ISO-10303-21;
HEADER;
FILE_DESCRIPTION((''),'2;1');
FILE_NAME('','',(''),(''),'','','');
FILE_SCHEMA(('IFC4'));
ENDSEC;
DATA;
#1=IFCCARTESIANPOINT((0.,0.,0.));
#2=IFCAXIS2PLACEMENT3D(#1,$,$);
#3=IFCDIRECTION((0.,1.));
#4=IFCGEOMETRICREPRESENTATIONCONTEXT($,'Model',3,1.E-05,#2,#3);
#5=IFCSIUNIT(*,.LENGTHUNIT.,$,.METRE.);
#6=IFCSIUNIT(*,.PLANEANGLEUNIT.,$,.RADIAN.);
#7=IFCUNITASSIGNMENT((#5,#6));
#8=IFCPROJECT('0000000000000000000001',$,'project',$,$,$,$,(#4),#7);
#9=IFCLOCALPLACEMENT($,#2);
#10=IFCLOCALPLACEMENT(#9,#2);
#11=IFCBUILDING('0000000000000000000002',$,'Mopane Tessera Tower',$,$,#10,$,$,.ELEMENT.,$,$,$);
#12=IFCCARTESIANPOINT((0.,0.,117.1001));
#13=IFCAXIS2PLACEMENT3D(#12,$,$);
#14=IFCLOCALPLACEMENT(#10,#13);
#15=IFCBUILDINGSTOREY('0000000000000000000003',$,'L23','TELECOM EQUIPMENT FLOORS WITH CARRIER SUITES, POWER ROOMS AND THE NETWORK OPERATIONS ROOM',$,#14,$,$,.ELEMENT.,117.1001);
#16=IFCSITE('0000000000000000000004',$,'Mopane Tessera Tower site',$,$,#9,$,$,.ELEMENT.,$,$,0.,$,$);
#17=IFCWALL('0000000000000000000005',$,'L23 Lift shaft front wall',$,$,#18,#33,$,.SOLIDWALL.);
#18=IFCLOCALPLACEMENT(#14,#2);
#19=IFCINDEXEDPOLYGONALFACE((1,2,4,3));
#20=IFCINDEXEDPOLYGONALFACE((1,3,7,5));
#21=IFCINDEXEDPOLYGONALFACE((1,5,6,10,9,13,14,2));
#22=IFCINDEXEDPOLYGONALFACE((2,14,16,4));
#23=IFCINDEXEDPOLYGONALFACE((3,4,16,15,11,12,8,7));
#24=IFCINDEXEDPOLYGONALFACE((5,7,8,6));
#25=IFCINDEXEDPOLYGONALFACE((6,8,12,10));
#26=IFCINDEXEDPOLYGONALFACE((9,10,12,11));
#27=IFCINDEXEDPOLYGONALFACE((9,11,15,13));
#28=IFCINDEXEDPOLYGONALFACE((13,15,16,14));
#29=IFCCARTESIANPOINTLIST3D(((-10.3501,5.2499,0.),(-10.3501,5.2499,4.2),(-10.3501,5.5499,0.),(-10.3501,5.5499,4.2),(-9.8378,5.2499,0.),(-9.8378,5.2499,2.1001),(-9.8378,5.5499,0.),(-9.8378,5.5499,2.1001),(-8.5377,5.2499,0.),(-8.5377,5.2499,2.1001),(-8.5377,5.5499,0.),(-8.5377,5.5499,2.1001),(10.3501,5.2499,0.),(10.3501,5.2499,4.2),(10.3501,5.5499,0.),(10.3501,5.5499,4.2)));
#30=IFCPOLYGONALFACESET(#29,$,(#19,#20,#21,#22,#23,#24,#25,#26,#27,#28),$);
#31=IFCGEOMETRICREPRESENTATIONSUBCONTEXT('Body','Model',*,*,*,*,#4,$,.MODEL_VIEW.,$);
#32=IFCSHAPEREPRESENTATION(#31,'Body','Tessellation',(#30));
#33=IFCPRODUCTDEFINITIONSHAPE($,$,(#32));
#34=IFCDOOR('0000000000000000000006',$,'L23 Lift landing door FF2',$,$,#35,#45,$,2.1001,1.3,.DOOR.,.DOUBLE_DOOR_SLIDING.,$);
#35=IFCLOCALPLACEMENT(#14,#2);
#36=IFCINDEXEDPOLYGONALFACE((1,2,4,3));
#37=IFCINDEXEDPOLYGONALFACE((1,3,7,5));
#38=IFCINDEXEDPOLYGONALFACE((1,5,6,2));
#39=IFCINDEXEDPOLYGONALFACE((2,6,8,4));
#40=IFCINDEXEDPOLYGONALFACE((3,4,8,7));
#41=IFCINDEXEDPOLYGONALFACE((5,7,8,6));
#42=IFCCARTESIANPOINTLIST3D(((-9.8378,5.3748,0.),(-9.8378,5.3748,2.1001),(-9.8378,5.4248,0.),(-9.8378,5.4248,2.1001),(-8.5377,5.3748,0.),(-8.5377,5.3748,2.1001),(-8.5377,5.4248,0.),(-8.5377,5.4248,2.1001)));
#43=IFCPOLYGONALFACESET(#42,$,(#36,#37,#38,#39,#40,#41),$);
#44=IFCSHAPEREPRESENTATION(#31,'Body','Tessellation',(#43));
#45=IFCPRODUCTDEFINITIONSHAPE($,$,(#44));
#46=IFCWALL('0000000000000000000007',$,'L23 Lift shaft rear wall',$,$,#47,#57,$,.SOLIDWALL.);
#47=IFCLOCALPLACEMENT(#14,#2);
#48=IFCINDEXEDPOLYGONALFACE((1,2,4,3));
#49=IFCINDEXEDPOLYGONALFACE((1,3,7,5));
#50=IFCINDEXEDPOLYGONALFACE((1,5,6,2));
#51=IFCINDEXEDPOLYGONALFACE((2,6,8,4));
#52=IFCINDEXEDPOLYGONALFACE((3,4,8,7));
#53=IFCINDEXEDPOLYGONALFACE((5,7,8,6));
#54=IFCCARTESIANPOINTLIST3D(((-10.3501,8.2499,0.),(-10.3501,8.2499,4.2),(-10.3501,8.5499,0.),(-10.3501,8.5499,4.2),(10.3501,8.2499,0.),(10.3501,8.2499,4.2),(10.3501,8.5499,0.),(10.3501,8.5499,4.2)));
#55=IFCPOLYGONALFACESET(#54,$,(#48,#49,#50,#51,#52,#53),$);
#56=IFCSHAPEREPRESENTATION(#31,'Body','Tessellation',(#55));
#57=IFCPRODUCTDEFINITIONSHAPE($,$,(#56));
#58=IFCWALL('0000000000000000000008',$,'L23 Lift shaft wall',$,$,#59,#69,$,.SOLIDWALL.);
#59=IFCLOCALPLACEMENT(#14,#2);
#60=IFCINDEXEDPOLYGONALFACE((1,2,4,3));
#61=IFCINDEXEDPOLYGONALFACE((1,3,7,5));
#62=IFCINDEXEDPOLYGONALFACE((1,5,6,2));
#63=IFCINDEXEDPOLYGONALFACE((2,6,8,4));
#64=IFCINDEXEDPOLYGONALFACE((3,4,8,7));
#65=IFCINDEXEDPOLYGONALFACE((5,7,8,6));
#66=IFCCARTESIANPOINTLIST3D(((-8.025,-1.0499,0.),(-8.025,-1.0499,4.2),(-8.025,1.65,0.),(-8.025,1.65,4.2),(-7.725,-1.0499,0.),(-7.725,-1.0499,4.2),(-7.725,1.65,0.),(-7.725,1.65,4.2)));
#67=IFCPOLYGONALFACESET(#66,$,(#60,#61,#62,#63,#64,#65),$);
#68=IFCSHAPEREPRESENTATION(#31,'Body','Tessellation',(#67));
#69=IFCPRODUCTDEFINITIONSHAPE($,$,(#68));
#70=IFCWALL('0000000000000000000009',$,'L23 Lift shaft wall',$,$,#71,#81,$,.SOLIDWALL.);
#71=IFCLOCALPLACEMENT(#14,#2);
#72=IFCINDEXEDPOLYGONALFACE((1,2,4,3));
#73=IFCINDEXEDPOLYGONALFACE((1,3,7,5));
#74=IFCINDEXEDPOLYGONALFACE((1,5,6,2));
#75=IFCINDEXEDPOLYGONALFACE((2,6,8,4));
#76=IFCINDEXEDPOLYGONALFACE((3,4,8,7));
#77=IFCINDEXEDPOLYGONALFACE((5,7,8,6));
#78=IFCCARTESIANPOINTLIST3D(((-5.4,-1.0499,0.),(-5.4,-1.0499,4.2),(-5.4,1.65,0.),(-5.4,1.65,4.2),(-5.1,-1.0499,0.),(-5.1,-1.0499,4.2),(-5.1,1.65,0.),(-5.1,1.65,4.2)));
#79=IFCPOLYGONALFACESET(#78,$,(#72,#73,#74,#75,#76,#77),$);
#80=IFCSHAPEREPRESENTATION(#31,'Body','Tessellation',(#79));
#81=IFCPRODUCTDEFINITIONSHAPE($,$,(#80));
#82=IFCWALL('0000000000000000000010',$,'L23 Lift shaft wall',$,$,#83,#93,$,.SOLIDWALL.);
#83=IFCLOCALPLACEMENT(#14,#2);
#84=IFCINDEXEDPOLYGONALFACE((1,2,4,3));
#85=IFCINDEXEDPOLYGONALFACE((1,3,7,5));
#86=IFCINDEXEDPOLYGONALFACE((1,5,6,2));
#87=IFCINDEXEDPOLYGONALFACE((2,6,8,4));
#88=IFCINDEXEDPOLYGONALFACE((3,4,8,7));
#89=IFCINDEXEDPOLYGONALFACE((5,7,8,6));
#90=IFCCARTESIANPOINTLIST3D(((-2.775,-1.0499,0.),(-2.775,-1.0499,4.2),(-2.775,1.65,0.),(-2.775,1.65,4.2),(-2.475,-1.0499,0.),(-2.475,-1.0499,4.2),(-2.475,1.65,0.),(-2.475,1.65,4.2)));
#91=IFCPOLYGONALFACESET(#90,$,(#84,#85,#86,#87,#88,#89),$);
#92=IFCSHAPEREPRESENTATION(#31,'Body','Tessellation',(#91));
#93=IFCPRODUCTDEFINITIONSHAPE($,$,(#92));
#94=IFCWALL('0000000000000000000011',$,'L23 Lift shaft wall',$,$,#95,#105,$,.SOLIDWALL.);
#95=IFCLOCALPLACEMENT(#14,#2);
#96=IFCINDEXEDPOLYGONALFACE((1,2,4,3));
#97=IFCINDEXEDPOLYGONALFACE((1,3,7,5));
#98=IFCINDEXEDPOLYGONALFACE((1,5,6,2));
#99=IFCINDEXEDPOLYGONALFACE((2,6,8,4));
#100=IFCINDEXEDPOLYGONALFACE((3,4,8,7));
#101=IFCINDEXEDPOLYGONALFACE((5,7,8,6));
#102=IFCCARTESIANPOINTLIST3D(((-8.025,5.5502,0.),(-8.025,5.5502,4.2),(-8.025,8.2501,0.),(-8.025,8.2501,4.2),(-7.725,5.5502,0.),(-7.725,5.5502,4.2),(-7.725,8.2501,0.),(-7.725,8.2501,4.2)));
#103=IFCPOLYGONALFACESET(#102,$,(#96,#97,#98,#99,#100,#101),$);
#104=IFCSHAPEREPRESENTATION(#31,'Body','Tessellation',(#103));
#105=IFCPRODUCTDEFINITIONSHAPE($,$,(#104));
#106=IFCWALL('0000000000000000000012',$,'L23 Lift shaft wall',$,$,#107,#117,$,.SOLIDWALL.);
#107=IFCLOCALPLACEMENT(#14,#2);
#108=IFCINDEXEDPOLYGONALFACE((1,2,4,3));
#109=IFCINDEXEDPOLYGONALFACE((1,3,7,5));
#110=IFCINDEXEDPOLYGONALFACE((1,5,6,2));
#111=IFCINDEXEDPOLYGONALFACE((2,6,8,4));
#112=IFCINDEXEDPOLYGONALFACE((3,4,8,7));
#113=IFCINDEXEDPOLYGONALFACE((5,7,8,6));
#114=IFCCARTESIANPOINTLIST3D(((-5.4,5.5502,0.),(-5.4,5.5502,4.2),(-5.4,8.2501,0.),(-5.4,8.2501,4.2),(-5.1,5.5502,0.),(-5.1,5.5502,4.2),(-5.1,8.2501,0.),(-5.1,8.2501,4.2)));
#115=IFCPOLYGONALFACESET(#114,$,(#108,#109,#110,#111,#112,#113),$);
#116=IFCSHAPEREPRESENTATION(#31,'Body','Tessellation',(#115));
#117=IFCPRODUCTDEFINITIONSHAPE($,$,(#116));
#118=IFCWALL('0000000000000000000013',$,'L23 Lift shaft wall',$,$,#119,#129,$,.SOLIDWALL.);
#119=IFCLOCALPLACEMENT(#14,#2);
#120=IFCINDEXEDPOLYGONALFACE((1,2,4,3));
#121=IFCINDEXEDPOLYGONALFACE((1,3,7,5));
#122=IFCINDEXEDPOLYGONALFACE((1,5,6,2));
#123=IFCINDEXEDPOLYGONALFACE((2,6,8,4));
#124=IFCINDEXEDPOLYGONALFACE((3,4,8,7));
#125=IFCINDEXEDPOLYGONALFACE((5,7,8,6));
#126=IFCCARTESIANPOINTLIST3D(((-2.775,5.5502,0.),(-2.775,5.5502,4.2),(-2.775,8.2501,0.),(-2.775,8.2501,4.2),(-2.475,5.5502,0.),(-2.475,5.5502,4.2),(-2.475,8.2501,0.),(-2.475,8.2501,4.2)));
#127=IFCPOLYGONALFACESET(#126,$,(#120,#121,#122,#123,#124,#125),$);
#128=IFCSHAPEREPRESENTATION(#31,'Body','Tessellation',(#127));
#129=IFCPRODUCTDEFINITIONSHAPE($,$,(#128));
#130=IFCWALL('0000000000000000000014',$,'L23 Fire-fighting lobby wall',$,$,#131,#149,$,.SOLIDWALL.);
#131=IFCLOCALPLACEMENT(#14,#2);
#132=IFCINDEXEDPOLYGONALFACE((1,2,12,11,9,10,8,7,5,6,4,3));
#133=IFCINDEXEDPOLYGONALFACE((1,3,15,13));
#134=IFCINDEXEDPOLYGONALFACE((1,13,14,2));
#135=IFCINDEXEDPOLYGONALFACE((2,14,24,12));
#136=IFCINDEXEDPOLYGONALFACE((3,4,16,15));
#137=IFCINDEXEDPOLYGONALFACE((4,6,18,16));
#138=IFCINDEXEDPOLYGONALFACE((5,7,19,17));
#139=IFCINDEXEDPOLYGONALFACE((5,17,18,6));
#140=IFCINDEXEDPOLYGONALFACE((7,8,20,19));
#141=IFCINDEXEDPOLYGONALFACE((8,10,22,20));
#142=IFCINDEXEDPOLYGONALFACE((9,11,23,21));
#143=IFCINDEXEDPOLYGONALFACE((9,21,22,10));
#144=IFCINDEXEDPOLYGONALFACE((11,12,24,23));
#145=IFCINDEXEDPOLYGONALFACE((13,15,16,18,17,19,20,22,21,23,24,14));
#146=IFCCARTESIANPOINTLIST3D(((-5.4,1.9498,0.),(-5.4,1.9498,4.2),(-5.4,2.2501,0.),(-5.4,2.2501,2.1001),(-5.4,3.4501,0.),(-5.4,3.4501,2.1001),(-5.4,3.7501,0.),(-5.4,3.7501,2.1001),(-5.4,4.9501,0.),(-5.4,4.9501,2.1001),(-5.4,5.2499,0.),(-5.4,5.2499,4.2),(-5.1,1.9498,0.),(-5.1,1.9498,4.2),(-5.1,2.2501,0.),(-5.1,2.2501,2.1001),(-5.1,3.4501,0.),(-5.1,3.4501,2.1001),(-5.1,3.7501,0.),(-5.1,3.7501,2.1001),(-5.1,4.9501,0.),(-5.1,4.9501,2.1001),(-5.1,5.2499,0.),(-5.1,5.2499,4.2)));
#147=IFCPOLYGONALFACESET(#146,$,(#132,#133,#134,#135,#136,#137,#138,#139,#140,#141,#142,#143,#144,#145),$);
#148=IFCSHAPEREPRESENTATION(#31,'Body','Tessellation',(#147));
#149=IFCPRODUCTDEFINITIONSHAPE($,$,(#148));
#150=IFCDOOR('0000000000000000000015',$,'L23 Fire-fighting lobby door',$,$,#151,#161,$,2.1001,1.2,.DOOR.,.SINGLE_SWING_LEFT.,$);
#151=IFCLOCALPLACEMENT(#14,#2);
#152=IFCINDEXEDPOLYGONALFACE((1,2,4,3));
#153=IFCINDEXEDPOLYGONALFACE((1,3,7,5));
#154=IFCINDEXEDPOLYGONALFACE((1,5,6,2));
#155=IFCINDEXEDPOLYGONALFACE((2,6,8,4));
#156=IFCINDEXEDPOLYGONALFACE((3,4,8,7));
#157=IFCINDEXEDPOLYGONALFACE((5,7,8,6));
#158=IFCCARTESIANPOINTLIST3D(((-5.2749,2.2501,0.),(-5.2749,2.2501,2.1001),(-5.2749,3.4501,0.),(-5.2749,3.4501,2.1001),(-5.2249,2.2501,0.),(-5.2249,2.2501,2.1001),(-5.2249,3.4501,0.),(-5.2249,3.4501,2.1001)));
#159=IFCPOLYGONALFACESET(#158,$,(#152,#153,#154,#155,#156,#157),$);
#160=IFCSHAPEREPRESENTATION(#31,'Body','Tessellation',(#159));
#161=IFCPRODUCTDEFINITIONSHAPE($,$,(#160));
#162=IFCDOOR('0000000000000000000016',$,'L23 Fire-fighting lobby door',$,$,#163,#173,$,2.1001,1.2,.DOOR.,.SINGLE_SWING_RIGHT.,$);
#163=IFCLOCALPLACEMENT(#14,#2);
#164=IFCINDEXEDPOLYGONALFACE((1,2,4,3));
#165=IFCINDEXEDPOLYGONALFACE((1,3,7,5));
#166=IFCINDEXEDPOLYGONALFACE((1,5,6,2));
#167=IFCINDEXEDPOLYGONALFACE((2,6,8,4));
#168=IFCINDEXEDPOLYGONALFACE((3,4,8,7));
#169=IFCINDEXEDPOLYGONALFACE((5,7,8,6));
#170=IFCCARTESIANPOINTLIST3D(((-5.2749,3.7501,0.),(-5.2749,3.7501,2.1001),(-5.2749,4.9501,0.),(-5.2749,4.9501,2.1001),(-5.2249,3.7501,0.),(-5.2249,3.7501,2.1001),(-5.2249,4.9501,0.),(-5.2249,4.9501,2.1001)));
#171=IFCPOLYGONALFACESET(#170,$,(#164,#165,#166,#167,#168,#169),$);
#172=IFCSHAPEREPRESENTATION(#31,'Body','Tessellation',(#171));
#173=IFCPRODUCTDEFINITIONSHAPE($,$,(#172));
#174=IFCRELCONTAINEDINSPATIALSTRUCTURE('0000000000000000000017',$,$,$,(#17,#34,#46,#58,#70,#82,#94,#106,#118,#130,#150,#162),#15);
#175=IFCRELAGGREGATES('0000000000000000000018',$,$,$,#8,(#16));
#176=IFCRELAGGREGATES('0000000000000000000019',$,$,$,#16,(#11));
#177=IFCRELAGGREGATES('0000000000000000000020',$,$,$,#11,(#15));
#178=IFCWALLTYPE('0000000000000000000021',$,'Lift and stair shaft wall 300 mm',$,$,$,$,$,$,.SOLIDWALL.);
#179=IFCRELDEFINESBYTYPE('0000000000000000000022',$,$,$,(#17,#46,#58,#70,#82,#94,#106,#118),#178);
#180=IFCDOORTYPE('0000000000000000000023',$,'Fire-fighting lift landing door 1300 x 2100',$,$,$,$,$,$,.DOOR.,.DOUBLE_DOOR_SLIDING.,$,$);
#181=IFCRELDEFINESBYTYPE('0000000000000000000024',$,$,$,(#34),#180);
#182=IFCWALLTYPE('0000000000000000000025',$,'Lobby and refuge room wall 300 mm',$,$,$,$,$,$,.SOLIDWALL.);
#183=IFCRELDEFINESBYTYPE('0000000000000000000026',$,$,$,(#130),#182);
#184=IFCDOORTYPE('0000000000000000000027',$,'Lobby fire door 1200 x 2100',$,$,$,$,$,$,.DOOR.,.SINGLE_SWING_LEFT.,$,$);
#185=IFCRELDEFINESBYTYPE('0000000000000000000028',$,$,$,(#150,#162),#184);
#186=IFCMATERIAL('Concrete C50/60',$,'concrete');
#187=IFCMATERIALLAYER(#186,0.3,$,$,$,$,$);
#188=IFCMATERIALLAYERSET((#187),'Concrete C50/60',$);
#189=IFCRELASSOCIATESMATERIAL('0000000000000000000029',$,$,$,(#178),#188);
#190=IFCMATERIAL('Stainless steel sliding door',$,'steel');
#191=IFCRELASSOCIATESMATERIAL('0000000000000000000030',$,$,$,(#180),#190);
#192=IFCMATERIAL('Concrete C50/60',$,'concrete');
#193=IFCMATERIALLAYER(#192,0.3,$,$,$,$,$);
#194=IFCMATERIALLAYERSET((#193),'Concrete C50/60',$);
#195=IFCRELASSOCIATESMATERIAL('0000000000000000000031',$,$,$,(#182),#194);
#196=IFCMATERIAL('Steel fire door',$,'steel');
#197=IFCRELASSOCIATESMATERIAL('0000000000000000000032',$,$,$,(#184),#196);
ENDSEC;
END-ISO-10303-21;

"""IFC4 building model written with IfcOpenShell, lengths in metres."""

from ifc_helpers import new_model, si_unit, direction, frame, frame_2d, origin, place, context, subcontext, project, spatial, rectangle, extrude, material, layer, layer_set, type_object, element, fill, save


model = new_model("IFC4")

# Units and contexts
model_context = context("Model", 3, precision=1e-05, world=origin(), true_north=direction((0.0, 1.0)))
body_context = subcontext(model_context, "Body", "Model", "MODEL_VIEW")
ifc_project = project(units=[si_unit("LENGTHUNIT", "METRE"), si_unit("PLANEANGLEUNIT", "RADIAN")], contexts=[model_context])

# Site, building, storey
site_placement = place(None, origin())
site = spatial("IfcSite", under=ifc_project, at=site_placement, Name="Mopane Tessera Tower site", CompositionType="ELEMENT", RefElevation=0.0)
building_placement = place(site_placement, origin())
building = spatial("IfcBuilding", under=site, at=building_placement, Name="Mopane Tessera Tower", CompositionType="ELEMENT")
storey_placement = place(building_placement, frame((0.0, 0.0, 117.1001)))
storey = spatial("IfcBuildingStorey", under=building, at=storey_placement, Name="L23", Description="TELECOM EQUIPMENT FLOORS WITH CARRIER SUITES, POWER ROOMS AND THE NETWORK OPERATIONS ROOM", CompositionType="ELEMENT", Elevation=117.1001)

# Wall, opening, door
ifc_material_1 = material(Name="Concrete C50/60", Category="concrete")
ifc_layer_1 = layer(ifc_material_1, 0.3)
ifc_layer_set_1 = layer_set([ifc_layer_1], Name="Concrete C50/60")
wall_type_1 = type_object("IfcWallType", Name="Lift and stair shaft wall 300 mm", PredefinedType="SOLIDWALL", material=ifc_layer_set_1)
wall_1_placement = place(storey_placement, frame((-10.3501, 5.3999, 0.0), z_axis=(0.0, 0.0, 1.0), x_axis=(1.0, 0.0, 0.0)))
wall_1 = element("IfcWall", 1, at=wall_1_placement, inside=storey, type_object=wall_type_1, Name="L23 Lift shaft front wall", PredefinedType="SOLIDWALL", context=body_context, shape_type="SweptSolid", body=[
    extrude(rectangle(XDim=20.7002, YDim=0.3, at=frame_2d((10.3501, 0.0))), origin(), (0.0, 0.0, 1.0), 4.2),
])
opening_1_placement = place(wall_1_placement, frame((0.5125, 0.0, 0.0)))
opening_1 = element("IfcOpeningElement", 2, at=opening_1_placement, cuts=wall_1, PredefinedType="OPENING", context=body_context, shape_type="SweptSolid", body=[
    extrude(rectangle(XDim=1.3, YDim=2.1001, at=frame_2d((0.6499, 1.05))), frame((0.0, 0.1621, 0.0), z_axis=(0.0, -1.0, 0.0), x_axis=(1.0, 0.0, 0.0)), (0.0, 0.0, 1.0), 0.324),
])
ifc_material_2 = material(Name="Stainless steel sliding door", Category="steel")
door_type_1 = type_object("IfcDoorType", Name="Fire-fighting lift landing door 1300 x 2100", OperationType="DOUBLE_DOOR_SLIDING", PredefinedType="DOOR", material=ifc_material_2)
door_1_placement = place(opening_1_placement, origin())
door_1 = element("IfcDoor", 3, at=door_1_placement, inside=storey, type_object=door_type_1, Name="L23 Lift landing door FF2", OperationType="DOUBLE_DOOR_SLIDING", OverallHeight=2.1001, OverallWidth=1.3, PredefinedType="DOOR", context=body_context, shape_type="SweptSolid", body=[
    extrude(rectangle(XDim=1.3, YDim=2.1001, at=frame_2d((0.6499, 1.05))), frame((0.0, 0.0249, 0.0), z_axis=(0.0, -1.0, 0.0), x_axis=(1.0, 0.0, 0.0)), (0.0, 0.0, 1.0), 0.05),
])
fill(opening_1, door_1)

# Walls
wall_2_placement = place(storey_placement, frame((-10.3501, 8.3999, 0.0), z_axis=(0.0, 0.0, 1.0), x_axis=(1.0, 0.0, 0.0)))
element("IfcWall", 4, at=wall_2_placement, inside=storey, type_object=wall_type_1, Name="L23 Lift shaft rear wall", PredefinedType="SOLIDWALL", context=body_context, shape_type="SweptSolid", body=[
    extrude(rectangle(XDim=20.7002, YDim=0.3, at=frame_2d((10.3501, 0.0))), origin(), (0.0, 0.0, 1.0), 4.2),
])
for number, where, z_axis, x_axis, name in (
    (5, (-7.875, -1.05, 0.0), (0.0, 0.0, 1.0), (0.0, 1.0, 0.0), "L23 Lift shaft wall"),
    (6, (-5.25, -1.05, 0.0), (0.0, 0.0, 1.0), (0.0, 1.0, 0.0), "L23 Lift shaft wall"),
    (7, (-2.625, -1.05, 0.0), (0.0, 0.0, 1.0), (0.0, 1.0, 0.0), "L23 Lift shaft wall"),
    (8, (-7.875, 5.55, 0.0), (0.0, 0.0, 1.0), (0.0, 1.0, 0.0), "L23 Lift shaft wall"),
    (9, (-5.25, 5.55, 0.0), (0.0, 0.0, 1.0), (0.0, 1.0, 0.0), "L23 Lift shaft wall"),
    (10, (-2.625, 5.55, 0.0), (0.0, 0.0, 1.0), (0.0, 1.0, 0.0), "L23 Lift shaft wall"),
):
    element("IfcWall", number, at=place(storey_placement, frame(where, z_axis=z_axis, x_axis=x_axis)), inside=storey, type_object=wall_type_1, Name=name, PredefinedType="SOLIDWALL", context=body_context, shape_type="SweptSolid", body=[
        extrude(rectangle(XDim=2.7, YDim=0.3, at=frame_2d((1.3501, 0.0))), origin(), (0.0, 0.0, 1.0), 4.2),
    ])

# Wall, openings, doors
ifc_material_3 = material(Name="Concrete C50/60", Category="concrete")
ifc_layer_2 = layer(ifc_material_3, 0.3)
ifc_layer_set_2 = layer_set([ifc_layer_2], Name="Concrete C50/60")
wall_type_2 = type_object("IfcWallType", Name="Lobby and refuge room wall 300 mm", PredefinedType="SOLIDWALL", material=ifc_layer_set_2)
wall_3_placement = place(storey_placement, frame((-5.25, 1.95, 0.0), z_axis=(0.0, 0.0, 1.0), x_axis=(0.0, 1.0, 0.0)))
wall_3 = element("IfcWall", 11, at=wall_3_placement, inside=storey, type_object=wall_type_2, Name="L23 Fire-fighting lobby wall", PredefinedType="SOLIDWALL", context=body_context, shape_type="SweptSolid", body=[
    extrude(rectangle(XDim=3.3, YDim=0.3, at=frame_2d((1.6499, 0.0))), origin(), (0.0, 0.0, 1.0), 4.2),
])
opening_2_placement = place(wall_3_placement, frame((0.3, 0.0, 0.0)))
opening_2 = element("IfcOpeningElement", 12, at=opening_2_placement, cuts=wall_3, PredefinedType="OPENING", context=body_context, shape_type="SweptSolid", body=[
    extrude(rectangle(XDim=1.2, YDim=2.1001, at=frame_2d((0.6001, 1.05))), frame((0.0, 0.1621, 0.0), z_axis=(0.0, -1.0, 0.0), x_axis=(1.0, 0.0, 0.0)), (0.0, 0.0, 1.0), 0.324),
])
opening_3_placement = place(wall_3_placement, frame((1.8, 0.0, 0.0)))
opening_3 = element("IfcOpeningElement", 13, at=opening_3_placement, cuts=wall_3, PredefinedType="OPENING", context=body_context, shape_type="SweptSolid", body=[
    extrude(rectangle(XDim=1.2, YDim=2.1001, at=frame_2d((0.6001, 1.05))), frame((0.0, 0.1621, 0.0), z_axis=(0.0, -1.0, 0.0), x_axis=(1.0, 0.0, 0.0)), (0.0, 0.0, 1.0), 0.324),
])
ifc_material_4 = material(Name="Steel fire door", Category="steel")
door_type_2 = type_object("IfcDoorType", Name="Lobby fire door 1200 x 2100", OperationType="SINGLE_SWING_LEFT", PredefinedType="DOOR", material=ifc_material_4)
door_2_placement = place(opening_2_placement, origin())
door_2 = element("IfcDoor", 14, at=door_2_placement, inside=storey, type_object=door_type_2, Name="L23 Fire-fighting lobby door", OperationType="SINGLE_SWING_LEFT", OverallHeight=2.1001, OverallWidth=1.2, PredefinedType="DOOR", context=body_context, shape_type="SweptSolid", body=[
    extrude(rectangle(XDim=1.2, YDim=2.1001, at=frame_2d((0.6001, 1.05))), frame((0.0, 0.0249, 0.0), z_axis=(0.0, -1.0, 0.0), x_axis=(1.0, 0.0, 0.0)), (0.0, 0.0, 1.0), 0.05),
])
fill(opening_2, door_2)
door_3_placement = place(opening_3_placement, origin())
door_3 = element("IfcDoor", 15, at=door_3_placement, inside=storey, type_object=door_type_2, Name="L23 Fire-fighting lobby door", OperationType="SINGLE_SWING_RIGHT", OverallHeight=2.1001, OverallWidth=1.2, PredefinedType="DOOR", context=body_context, shape_type="SweptSolid", body=[
    extrude(rectangle(XDim=1.2, YDim=2.1001, at=frame_2d((0.6001, 1.05))), frame((0.0, 0.0249, 0.0), z_axis=(0.0, -1.0, 0.0), x_axis=(1.0, 0.0, 0.0)), (0.0, 0.0, 1.0), 0.05),
])
fill(opening_3, door_3)

save(model, "model.ifc")
